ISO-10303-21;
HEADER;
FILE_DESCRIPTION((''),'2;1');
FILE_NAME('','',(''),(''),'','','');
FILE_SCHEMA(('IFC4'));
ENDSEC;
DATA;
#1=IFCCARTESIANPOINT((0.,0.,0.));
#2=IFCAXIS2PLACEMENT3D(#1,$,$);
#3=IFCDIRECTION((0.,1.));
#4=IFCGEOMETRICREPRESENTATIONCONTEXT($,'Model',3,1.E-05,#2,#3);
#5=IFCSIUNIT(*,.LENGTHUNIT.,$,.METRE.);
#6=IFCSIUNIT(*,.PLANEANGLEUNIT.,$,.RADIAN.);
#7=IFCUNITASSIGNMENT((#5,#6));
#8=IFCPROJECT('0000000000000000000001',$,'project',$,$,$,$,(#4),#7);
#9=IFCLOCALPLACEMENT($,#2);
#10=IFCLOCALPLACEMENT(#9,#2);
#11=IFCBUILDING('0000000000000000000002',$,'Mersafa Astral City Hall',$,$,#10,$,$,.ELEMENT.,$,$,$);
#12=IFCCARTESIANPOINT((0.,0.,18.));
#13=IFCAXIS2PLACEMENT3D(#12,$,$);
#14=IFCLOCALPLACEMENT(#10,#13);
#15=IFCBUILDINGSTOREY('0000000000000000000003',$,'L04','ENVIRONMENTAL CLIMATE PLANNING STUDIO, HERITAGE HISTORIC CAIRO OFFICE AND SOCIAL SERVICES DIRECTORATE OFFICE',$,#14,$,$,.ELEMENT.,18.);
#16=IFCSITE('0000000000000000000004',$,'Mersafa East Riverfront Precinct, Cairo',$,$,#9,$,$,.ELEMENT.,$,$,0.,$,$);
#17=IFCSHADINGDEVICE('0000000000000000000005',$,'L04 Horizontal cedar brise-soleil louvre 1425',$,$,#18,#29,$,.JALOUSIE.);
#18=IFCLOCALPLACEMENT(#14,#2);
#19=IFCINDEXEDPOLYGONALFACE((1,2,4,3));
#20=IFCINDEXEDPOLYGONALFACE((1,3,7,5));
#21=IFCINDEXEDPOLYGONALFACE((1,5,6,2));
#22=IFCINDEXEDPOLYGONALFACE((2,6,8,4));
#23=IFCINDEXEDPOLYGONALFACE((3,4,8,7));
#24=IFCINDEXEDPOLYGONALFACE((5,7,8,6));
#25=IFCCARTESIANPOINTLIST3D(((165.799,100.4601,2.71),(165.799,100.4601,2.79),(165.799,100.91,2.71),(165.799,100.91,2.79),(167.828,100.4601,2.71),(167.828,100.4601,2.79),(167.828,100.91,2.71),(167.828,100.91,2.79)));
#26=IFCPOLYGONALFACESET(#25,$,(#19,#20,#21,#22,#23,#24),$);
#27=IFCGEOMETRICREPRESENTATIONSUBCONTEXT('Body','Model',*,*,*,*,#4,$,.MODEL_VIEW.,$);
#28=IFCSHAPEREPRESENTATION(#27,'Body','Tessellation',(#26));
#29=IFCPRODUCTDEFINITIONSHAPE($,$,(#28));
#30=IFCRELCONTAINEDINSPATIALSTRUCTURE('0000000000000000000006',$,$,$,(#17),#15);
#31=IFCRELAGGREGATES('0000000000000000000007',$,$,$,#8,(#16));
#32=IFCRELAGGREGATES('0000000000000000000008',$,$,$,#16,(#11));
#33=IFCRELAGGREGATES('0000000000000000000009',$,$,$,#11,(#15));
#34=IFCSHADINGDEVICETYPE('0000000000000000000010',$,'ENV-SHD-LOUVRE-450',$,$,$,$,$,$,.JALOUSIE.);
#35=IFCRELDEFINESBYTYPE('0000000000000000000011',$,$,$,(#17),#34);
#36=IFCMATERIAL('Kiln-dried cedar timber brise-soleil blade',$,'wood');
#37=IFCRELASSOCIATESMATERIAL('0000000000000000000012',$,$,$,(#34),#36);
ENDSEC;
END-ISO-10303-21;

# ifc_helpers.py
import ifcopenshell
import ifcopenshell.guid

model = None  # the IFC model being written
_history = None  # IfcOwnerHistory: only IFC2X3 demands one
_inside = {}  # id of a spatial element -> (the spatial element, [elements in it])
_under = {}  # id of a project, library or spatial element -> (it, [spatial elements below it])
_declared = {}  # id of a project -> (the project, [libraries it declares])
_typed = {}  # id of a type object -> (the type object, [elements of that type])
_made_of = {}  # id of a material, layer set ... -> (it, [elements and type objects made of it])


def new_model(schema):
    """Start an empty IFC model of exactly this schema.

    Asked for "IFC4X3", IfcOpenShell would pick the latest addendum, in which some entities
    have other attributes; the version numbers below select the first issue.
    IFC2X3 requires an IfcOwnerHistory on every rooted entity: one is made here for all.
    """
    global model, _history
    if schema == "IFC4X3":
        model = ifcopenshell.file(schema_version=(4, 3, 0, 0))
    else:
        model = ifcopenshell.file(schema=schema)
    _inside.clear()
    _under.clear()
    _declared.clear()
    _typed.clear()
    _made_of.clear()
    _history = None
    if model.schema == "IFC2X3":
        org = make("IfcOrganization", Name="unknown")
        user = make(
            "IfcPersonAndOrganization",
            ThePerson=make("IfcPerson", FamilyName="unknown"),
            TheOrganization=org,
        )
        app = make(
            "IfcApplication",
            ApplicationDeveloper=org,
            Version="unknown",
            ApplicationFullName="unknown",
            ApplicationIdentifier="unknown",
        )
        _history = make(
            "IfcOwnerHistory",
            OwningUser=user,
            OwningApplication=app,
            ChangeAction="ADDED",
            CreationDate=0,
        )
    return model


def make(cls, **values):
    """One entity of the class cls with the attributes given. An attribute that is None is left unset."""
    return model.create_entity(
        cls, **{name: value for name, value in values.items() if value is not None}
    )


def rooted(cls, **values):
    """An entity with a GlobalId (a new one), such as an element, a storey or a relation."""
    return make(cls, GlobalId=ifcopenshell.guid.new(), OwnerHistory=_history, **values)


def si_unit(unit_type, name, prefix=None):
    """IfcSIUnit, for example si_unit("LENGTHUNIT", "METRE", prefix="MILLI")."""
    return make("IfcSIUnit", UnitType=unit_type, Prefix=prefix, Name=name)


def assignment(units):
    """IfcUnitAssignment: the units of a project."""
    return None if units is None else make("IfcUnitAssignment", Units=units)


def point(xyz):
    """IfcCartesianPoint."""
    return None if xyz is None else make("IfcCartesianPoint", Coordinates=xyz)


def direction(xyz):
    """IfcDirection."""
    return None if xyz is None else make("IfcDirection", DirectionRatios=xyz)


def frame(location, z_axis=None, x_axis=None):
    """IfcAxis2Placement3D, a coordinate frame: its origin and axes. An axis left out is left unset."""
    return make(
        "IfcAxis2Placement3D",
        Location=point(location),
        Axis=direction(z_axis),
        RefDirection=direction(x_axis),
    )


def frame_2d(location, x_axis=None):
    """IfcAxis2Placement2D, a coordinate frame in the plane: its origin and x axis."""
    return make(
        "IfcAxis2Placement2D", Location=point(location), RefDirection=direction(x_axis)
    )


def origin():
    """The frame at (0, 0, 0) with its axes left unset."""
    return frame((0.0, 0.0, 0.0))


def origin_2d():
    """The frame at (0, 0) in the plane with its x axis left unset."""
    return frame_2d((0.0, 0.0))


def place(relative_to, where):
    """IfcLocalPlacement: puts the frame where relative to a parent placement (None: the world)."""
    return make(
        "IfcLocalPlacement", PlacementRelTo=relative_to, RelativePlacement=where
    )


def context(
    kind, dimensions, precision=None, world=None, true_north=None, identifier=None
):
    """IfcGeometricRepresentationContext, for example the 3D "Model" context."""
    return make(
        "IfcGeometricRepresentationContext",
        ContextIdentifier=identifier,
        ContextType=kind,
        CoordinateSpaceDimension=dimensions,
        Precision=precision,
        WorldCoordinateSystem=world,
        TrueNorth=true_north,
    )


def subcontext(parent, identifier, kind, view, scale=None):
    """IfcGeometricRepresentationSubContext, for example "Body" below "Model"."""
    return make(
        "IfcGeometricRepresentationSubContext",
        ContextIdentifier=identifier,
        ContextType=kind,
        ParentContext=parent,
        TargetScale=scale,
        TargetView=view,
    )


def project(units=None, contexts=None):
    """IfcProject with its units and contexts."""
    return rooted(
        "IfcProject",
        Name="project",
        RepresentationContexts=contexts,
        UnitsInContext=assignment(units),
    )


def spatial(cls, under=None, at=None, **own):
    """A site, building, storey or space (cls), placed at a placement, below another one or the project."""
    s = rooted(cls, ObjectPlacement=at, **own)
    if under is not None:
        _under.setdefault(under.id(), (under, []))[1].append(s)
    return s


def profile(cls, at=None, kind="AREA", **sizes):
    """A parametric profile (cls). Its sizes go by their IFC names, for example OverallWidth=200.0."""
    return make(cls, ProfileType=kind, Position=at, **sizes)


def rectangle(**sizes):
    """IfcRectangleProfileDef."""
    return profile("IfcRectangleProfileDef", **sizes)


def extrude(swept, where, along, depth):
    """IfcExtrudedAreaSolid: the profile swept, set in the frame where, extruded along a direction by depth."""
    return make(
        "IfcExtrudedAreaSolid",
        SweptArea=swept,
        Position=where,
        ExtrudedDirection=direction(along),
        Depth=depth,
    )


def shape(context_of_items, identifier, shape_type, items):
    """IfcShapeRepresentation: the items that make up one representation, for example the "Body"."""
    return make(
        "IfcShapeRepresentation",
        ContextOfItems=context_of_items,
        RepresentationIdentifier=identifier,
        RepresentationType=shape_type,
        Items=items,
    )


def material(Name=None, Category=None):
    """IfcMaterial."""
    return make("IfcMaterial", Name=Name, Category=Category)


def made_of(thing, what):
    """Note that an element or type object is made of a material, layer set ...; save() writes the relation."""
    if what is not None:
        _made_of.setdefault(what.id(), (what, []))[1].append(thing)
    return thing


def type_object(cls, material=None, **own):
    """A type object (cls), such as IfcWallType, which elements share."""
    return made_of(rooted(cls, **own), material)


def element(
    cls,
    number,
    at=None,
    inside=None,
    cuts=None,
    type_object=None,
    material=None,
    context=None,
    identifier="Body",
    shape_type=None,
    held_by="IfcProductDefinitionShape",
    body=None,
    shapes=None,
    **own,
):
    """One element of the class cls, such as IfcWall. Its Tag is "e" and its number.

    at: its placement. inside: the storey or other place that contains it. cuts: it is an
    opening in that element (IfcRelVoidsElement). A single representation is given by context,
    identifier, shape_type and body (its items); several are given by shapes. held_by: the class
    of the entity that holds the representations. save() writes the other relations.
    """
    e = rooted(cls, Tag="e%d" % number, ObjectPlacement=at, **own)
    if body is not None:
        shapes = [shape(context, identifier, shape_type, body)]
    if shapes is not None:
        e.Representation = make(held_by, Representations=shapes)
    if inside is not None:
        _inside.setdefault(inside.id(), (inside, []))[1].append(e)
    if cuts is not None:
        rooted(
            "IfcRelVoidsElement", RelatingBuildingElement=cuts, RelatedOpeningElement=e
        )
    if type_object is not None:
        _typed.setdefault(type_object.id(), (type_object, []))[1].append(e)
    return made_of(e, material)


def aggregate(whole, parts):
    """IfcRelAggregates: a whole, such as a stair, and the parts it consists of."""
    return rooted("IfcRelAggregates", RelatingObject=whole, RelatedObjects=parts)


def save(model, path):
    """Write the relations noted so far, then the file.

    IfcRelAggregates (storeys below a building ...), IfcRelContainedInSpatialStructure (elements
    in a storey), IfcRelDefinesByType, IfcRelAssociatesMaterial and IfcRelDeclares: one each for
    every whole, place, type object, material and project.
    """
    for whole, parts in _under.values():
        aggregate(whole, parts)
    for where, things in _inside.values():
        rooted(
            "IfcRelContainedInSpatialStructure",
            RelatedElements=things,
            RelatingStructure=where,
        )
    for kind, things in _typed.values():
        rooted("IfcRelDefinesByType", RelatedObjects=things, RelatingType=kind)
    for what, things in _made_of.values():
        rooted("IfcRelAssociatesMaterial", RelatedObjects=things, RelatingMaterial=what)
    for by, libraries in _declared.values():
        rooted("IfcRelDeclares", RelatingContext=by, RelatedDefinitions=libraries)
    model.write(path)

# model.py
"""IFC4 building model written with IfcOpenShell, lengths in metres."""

from ifc_helpers import new_model, si_unit, direction, frame, origin, origin_2d, place, context, subcontext, project, spatial, rectangle, extrude, material, type_object, element, save


model = new_model("IFC4")

# Units and contexts
model_context = context("Model", 3, precision=1e-05, world=origin(), true_north=direction((0.0, 1.0)))
body_context = subcontext(model_context, "Body", "Model", "MODEL_VIEW")
ifc_project = project(units=[si_unit("LENGTHUNIT", "METRE"), si_unit("PLANEANGLEUNIT", "RADIAN")], contexts=[model_context])

# Site, building, storey
site_placement = place(None, origin())
site = spatial("IfcSite", under=ifc_project, at=site_placement, Name="Mersafa East Riverfront Precinct, Cairo", CompositionType="ELEMENT", RefElevation=0.0)
building_placement = place(site_placement, origin())
building = spatial("IfcBuilding", under=site, at=building_placement, Name="Mersafa Astral City Hall", CompositionType="ELEMENT")
storey_placement = place(building_placement, frame((0.0, 0.0, 18.0)))
storey = spatial("IfcBuildingStorey", under=building, at=storey_placement, Name="L04", Description="ENVIRONMENTAL CLIMATE PLANNING STUDIO, HERITAGE HISTORIC CAIRO OFFICE AND SOCIAL SERVICES DIRECTORATE OFFICE", CompositionType="ELEMENT", Elevation=18.0)

# Shading device
ifc_material_1 = material(Name="Kiln-dried cedar timber brise-soleil blade", Category="wood")
shading_device_type_1 = type_object("IfcShadingDeviceType", Name="ENV-SHD-LOUVRE-450", PredefinedType="JALOUSIE", material=ifc_material_1)
for number, where, z_axis, x_axis, name in (
    (1, (166.8135, 100.6851, 2.71), (0.0, 0.0, 1.0), (1.0, 0.0, 0.0), "L04 Horizontal cedar brise-soleil louvre 1425"),
):
    element("IfcShadingDevice", number, at=place(storey_placement, frame(where, z_axis=z_axis, x_axis=x_axis)), inside=storey, type_object=shading_device_type_1, Name=name, PredefinedType="JALOUSIE", context=body_context, shape_type="SweptSolid", body=[
        extrude(rectangle(XDim=2.0291, YDim=0.45, at=origin_2d()), origin(), (0.0, 0.0, 1.0), 0.0801),
    ])

save(model, "model.ifc")
